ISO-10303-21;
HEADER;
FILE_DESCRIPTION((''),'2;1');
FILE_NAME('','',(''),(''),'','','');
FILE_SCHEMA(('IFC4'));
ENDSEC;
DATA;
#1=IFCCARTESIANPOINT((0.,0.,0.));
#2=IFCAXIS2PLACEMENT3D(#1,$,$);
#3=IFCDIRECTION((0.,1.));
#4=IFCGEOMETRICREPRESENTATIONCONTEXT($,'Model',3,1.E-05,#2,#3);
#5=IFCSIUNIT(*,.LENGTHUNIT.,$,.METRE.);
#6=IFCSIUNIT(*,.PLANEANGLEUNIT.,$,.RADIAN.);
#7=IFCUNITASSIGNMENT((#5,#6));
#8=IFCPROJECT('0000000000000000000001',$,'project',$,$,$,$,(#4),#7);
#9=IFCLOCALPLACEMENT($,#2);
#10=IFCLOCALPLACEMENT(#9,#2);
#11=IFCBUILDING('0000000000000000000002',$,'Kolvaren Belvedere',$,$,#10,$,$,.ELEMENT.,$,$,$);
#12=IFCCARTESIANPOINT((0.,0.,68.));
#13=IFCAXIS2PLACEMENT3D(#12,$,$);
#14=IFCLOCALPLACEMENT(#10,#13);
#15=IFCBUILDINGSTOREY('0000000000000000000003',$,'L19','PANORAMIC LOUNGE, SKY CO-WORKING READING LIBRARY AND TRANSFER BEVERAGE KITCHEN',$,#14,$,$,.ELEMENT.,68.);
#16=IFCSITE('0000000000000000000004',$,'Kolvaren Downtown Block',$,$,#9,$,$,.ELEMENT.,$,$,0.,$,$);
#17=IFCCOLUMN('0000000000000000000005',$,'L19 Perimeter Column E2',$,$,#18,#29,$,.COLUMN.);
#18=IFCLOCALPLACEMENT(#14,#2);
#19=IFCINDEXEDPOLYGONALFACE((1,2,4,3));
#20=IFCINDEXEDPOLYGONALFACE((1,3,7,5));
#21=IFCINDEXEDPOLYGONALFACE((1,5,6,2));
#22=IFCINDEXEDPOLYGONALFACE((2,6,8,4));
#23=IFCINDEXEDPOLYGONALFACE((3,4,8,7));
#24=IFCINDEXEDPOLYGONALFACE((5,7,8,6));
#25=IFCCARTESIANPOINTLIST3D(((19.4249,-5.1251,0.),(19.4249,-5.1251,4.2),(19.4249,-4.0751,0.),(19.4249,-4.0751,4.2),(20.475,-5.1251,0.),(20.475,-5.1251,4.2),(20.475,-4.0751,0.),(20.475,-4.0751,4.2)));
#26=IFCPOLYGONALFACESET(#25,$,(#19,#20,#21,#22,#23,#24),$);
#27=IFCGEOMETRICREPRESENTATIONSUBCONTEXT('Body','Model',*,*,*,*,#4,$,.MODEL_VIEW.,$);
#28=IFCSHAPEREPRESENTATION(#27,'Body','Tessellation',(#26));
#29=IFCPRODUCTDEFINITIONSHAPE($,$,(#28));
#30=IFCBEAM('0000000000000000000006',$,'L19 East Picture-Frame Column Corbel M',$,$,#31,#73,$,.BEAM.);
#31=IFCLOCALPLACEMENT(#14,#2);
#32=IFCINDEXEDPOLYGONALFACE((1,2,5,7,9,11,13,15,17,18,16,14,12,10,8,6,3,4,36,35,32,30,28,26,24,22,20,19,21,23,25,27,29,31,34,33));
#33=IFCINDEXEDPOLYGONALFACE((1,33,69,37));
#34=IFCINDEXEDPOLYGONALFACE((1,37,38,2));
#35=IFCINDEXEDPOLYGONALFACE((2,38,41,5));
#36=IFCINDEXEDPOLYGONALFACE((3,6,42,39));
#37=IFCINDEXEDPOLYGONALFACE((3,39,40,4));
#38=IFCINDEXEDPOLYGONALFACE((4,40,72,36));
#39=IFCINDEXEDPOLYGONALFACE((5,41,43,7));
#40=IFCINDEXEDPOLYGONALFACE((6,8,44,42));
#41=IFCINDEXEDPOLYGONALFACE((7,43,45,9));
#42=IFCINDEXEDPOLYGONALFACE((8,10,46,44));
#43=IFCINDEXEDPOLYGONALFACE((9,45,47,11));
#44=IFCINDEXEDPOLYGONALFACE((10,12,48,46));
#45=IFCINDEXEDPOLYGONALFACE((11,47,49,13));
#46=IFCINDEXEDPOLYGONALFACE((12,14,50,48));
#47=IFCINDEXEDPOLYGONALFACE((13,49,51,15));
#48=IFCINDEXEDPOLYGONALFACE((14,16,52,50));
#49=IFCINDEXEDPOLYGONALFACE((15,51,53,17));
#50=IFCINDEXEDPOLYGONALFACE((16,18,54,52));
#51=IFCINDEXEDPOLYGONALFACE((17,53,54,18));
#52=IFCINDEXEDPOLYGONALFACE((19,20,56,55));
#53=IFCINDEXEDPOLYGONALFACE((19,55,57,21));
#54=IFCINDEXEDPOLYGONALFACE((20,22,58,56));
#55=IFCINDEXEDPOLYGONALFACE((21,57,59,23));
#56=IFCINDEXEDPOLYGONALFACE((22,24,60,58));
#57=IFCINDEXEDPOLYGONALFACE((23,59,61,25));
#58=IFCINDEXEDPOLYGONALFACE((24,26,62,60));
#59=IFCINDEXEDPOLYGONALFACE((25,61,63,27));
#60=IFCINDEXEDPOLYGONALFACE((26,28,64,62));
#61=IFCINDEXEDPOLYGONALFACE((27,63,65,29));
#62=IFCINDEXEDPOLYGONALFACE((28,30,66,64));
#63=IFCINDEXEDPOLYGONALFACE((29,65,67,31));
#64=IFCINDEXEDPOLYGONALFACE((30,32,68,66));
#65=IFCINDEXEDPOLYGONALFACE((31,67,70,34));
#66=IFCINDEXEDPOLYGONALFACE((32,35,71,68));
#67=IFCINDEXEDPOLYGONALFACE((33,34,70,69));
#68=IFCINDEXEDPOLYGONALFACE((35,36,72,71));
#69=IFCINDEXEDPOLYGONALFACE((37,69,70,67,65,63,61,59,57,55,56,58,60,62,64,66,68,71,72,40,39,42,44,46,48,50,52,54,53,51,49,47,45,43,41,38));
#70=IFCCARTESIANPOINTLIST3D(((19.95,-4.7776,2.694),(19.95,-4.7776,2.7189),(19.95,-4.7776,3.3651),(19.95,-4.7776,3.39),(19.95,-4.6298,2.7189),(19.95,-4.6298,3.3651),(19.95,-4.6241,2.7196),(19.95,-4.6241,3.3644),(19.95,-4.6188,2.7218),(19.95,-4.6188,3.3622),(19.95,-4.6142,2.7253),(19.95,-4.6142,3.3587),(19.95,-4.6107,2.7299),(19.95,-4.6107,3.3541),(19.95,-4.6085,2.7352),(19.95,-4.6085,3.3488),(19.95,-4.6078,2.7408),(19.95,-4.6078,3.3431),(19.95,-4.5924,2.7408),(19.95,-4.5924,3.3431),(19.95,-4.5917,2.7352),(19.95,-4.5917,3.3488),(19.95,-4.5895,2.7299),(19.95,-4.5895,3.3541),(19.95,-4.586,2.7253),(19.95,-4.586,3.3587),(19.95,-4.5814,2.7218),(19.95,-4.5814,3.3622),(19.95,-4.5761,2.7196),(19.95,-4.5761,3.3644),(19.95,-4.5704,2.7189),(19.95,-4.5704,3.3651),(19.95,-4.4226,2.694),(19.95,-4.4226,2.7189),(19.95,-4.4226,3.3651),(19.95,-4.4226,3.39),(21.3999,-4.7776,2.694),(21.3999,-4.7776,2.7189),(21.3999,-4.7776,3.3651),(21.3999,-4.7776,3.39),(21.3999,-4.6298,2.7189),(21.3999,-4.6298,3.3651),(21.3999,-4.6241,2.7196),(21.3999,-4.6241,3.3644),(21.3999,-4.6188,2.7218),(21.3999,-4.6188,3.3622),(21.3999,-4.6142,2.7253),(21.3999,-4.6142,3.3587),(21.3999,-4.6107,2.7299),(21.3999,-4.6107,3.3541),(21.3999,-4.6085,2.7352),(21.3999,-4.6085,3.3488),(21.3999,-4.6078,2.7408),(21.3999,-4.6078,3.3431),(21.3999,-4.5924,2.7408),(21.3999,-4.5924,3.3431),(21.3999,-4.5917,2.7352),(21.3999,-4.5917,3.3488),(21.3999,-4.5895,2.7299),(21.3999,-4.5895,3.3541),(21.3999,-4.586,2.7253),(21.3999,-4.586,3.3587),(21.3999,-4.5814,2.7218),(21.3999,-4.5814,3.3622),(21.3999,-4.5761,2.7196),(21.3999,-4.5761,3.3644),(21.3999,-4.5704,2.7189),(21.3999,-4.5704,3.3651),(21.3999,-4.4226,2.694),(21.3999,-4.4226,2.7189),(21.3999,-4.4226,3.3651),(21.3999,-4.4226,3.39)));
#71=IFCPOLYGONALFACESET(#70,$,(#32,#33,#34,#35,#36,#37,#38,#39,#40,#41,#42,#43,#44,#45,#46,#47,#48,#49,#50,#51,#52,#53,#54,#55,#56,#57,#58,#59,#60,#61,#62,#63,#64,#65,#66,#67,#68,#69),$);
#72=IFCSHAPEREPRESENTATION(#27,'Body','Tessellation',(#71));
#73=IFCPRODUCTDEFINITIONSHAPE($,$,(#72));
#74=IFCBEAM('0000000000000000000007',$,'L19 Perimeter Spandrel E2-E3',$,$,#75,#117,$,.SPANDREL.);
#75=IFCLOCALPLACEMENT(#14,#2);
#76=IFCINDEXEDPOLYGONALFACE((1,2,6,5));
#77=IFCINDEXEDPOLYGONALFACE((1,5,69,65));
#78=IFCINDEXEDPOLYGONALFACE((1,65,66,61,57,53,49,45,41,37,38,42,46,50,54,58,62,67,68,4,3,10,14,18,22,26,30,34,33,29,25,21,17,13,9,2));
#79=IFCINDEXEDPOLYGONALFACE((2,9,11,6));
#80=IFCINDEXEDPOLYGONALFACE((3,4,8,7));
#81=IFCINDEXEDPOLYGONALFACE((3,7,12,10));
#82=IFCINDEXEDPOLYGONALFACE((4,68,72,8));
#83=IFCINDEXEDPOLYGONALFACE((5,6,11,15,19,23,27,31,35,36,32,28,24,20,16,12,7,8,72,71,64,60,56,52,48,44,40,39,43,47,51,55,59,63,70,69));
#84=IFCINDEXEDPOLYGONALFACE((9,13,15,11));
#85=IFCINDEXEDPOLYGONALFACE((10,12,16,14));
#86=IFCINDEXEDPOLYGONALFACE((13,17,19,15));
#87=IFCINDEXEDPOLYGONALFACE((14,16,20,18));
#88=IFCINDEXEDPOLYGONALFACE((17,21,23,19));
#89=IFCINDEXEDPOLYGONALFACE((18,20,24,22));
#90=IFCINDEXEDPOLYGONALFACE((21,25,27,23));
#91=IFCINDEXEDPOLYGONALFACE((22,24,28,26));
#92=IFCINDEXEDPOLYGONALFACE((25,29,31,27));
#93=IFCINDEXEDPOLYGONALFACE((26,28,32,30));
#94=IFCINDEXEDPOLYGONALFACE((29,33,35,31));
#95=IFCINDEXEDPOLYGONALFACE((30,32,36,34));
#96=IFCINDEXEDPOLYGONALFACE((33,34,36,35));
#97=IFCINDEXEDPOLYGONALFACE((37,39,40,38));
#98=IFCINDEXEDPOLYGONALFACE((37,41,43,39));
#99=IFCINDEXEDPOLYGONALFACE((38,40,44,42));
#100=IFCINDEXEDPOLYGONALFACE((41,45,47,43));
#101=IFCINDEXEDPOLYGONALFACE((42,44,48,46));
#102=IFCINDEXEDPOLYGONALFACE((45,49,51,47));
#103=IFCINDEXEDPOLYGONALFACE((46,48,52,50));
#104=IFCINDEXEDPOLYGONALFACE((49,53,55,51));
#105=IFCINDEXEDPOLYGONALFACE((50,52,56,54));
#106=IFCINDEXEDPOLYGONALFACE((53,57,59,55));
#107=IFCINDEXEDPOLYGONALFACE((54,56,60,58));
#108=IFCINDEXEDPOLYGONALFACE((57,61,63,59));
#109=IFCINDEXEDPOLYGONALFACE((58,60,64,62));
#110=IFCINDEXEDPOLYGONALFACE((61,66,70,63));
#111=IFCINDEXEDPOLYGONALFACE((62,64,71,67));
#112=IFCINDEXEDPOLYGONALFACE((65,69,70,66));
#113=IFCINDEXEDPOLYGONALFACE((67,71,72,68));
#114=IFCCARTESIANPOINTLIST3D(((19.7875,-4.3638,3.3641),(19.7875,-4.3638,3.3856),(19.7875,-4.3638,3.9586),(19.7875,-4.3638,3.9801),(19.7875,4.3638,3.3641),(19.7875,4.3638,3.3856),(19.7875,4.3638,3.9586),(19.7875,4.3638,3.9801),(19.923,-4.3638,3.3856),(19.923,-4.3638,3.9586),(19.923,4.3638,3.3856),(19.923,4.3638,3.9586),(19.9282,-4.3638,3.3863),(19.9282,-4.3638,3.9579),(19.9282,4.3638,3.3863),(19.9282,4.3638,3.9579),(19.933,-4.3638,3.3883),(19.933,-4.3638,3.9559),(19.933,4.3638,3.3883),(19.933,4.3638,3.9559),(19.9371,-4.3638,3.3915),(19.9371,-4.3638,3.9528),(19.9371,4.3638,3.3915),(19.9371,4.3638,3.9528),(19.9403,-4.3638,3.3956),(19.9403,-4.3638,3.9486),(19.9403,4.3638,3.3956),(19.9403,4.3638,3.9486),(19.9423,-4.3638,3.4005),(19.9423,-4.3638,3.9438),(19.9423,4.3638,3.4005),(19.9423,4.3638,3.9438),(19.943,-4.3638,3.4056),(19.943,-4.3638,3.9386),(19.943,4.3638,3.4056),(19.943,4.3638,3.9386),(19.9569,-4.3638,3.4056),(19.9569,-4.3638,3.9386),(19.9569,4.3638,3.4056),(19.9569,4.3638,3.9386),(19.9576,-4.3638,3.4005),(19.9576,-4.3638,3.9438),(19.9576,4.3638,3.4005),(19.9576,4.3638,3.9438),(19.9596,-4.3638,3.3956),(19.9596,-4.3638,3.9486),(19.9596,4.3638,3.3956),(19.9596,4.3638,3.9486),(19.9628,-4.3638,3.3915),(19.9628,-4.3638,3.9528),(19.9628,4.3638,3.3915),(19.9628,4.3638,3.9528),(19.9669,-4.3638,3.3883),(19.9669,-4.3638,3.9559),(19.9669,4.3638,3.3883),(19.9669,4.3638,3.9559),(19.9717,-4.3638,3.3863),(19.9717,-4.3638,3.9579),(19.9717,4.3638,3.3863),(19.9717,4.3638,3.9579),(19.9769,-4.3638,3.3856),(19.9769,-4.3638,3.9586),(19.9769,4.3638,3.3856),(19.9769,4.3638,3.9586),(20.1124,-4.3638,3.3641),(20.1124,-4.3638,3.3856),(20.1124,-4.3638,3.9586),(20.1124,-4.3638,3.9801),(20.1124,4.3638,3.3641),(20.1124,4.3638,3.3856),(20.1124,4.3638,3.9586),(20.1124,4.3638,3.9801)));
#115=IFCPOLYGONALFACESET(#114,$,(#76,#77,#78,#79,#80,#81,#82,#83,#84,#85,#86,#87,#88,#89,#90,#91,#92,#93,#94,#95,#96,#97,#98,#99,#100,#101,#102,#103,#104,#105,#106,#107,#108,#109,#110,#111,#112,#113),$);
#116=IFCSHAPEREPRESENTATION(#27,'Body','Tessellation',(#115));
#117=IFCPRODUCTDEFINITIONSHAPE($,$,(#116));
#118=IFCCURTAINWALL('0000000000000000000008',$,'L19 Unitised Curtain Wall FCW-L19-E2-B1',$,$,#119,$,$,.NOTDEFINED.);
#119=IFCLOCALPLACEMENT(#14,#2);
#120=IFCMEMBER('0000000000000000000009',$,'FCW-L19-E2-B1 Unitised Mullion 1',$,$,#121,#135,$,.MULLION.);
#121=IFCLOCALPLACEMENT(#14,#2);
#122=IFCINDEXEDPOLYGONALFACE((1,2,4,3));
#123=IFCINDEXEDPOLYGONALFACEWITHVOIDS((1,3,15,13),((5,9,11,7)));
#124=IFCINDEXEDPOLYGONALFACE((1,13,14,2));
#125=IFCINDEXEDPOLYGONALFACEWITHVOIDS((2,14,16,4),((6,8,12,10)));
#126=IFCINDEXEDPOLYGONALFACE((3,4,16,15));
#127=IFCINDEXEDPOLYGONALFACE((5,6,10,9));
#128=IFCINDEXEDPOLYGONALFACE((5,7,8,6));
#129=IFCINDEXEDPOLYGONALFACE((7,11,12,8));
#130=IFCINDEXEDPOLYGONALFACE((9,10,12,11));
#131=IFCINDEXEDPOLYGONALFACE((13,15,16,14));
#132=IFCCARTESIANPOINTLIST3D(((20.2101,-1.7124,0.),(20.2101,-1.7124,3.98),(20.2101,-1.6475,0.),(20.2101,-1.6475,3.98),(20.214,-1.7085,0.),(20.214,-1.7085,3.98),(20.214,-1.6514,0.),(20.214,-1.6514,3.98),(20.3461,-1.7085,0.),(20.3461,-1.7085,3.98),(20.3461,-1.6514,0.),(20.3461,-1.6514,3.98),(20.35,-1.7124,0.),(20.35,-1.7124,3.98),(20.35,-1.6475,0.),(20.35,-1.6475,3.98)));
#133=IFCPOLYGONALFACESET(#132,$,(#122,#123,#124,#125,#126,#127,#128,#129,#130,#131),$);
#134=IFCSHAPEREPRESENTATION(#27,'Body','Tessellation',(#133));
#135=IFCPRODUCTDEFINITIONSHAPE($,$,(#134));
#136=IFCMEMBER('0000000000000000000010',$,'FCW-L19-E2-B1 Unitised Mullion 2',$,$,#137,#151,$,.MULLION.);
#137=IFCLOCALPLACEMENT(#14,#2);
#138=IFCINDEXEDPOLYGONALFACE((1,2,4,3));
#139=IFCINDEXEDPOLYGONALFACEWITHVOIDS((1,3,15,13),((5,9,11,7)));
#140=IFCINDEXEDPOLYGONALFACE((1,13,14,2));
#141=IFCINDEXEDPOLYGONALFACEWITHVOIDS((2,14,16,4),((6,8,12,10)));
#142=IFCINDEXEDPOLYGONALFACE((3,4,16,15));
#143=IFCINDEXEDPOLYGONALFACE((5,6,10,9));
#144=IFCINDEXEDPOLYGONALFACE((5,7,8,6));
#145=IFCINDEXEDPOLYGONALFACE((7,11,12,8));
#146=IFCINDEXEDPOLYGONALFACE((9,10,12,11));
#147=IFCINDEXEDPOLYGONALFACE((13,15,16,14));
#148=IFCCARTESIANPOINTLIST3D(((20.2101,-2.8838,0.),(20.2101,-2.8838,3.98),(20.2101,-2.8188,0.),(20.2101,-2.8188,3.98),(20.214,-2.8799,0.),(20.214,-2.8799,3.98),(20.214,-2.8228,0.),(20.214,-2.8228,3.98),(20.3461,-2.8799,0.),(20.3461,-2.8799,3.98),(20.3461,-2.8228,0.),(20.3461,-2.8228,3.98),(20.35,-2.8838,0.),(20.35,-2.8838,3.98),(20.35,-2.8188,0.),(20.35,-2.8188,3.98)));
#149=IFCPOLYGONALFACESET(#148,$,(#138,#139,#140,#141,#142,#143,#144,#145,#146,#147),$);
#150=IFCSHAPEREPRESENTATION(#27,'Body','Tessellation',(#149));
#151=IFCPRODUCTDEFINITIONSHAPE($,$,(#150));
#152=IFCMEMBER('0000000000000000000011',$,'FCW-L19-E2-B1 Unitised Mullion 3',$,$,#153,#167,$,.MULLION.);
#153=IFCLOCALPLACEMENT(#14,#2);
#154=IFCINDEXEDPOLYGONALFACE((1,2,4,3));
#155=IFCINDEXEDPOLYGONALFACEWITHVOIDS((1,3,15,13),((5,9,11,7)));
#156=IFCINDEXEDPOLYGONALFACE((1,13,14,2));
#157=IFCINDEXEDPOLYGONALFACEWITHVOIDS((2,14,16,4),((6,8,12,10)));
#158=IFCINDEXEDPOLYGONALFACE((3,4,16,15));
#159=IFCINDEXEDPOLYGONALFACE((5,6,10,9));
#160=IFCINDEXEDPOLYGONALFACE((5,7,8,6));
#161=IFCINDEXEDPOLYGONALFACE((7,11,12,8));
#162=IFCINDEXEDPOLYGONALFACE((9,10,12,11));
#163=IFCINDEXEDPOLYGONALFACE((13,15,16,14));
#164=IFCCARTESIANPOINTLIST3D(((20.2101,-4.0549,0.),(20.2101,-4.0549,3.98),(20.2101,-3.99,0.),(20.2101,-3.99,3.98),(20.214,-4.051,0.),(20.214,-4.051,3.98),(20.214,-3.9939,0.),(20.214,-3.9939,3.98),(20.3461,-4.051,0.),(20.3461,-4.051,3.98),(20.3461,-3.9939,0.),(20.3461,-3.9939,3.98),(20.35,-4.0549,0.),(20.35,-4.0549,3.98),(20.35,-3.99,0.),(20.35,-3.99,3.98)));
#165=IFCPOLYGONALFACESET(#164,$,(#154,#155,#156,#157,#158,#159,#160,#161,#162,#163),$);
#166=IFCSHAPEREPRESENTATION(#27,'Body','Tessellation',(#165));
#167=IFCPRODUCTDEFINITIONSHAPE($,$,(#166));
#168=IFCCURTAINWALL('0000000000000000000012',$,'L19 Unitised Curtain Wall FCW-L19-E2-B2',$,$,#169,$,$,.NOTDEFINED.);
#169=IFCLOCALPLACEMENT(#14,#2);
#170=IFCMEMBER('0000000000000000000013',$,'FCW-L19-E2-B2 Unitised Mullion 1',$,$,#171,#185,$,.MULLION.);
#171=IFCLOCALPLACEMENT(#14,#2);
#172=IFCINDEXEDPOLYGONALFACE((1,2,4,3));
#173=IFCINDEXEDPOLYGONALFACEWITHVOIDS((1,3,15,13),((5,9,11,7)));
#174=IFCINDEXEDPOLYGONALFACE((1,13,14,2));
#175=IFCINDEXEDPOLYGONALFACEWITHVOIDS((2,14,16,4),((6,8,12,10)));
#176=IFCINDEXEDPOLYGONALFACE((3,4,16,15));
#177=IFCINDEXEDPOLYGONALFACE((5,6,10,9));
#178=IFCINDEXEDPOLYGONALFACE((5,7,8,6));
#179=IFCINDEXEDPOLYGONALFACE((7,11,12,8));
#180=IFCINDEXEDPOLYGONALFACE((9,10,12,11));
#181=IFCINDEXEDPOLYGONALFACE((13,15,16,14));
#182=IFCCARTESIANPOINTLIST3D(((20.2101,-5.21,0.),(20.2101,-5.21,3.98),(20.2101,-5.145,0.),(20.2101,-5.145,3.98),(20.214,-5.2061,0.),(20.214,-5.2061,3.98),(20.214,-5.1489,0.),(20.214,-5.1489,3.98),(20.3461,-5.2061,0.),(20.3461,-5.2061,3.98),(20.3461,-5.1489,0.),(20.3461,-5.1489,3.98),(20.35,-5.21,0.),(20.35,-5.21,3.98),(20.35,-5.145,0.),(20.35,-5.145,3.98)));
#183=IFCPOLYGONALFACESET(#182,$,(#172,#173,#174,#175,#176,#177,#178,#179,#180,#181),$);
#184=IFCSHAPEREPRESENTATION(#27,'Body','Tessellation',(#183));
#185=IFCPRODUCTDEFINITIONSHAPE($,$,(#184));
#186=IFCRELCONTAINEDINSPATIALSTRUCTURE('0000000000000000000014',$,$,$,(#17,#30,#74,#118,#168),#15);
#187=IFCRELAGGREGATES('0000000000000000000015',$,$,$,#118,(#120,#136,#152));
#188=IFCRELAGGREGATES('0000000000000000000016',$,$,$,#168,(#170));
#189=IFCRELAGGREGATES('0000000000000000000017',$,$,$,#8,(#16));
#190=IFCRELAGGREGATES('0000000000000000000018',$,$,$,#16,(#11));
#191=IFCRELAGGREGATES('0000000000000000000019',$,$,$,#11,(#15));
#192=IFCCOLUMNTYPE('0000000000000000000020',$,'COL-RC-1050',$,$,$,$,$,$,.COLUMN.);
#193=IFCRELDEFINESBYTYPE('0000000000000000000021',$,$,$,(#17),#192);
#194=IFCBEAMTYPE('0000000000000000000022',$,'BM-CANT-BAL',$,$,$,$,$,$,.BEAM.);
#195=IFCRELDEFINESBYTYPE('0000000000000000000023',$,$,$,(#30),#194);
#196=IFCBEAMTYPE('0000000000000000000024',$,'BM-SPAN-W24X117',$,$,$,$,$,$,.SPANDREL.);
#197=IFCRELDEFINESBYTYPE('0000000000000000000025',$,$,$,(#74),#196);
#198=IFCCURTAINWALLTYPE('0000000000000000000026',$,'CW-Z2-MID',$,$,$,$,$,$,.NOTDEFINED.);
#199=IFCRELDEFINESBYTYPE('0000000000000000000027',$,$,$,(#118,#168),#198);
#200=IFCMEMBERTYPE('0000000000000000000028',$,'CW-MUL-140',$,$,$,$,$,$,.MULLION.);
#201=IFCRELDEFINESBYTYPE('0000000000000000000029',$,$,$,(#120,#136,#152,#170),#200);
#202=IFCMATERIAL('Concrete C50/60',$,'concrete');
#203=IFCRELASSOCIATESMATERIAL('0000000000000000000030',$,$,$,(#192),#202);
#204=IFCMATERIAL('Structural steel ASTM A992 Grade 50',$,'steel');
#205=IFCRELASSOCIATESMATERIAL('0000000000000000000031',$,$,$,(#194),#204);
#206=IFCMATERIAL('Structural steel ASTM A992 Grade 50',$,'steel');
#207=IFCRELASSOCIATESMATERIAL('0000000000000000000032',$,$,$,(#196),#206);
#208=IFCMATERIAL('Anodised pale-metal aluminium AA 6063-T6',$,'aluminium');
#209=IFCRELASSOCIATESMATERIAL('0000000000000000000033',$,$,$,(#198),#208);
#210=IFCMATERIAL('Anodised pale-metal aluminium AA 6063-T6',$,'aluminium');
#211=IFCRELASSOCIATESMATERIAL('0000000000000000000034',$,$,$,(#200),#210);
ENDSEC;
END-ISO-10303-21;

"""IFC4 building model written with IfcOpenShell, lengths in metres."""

from ifc_helpers import new_model, si_unit, direction, frame, origin, origin_2d, place, context, subcontext, project, spatial, rectangle, hollow_rectangle, i_section, extrude, material, material_profile, profile_set, type_object, element, aggregate, save


model = new_model("IFC4")

# Units and contexts
model_context = context("Model", 3, precision=1e-05, world=origin(), true_north=direction((0.0, 1.0)))
body_context = subcontext(model_context, "Body", "Model", "MODEL_VIEW")
ifc_project = project(units=[si_unit("LENGTHUNIT", "METRE"), si_unit("PLANEANGLEUNIT", "RADIAN")], contexts=[model_context])

# Site, building, storey
site_placement = place(None, origin())
site = spatial("IfcSite", under=ifc_project, at=site_placement, Name="Kolvaren Downtown Block", CompositionType="ELEMENT", RefElevation=0.0)
building_placement = place(site_placement, origin())
building = spatial("IfcBuilding", under=site, at=building_placement, Name="Kolvaren Belvedere", CompositionType="ELEMENT")
storey_placement = place(building_placement, frame((0.0, 0.0, 68.0)))
storey = spatial("IfcBuildingStorey", under=building, at=storey_placement, Name="L19", Description="PANORAMIC LOUNGE, SKY CO-WORKING READING LIBRARY AND TRANSFER BEVERAGE KITCHEN", CompositionType="ELEMENT", Elevation=68.0)

# Column
ifc_material_1 = material(Name="Concrete C50/60", Category="concrete")
ifc_material_profile_1 = material_profile(ifc_material_1, rectangle(XDim=1.05, YDim=1.05, at=origin_2d()), Name="RC 1050X1050")
ifc_profile_set_1 = profile_set([ifc_material_profile_1], Name="Concrete C50/60")
column_type = type_object("IfcColumnType", Name="COL-RC-1050", PredefinedType="COLUMN", material=ifc_profile_set_1)
column_placement = place(storey_placement, frame((19.95, -4.6001, 0.0), z_axis=(0.0, 0.0, 1.0), x_axis=(1.0, 0.0, 0.0)))
element("IfcColumn", 1, at=column_placement, inside=storey, type_object=column_type, Name="L19 Perimeter Column E2", PredefinedType="COLUMN", context=body_context, shape_type="SweptSolid", body=[
    extrude(rectangle(XDim=1.05, YDim=1.05, at=origin_2d()), origin(), (0.0, 0.0, 1.0), 4.2),
])

# Beams
ifc_material_2 = material(Name="Structural steel ASTM A992 Grade 50", Category="steel")
ifc_material_profile_2 = material_profile(ifc_material_2, i_section(OverallWidth=0.355, OverallDepth=0.696, WebThickness=0.0154, FlangeThickness=0.0249, FilletRadius=0.022, at=origin_2d()), Name="W27X146")
ifc_profile_set_2 = profile_set([ifc_material_profile_2], Name="Structural steel ASTM A992 Grade 50")
beam_type_1 = type_object("IfcBeamType", Name="BM-CANT-BAL", PredefinedType="BEAM", material=ifc_profile_set_2)
beam_1_placement = place(storey_placement, frame((19.95, -4.6001, 3.042), z_axis=(1.0, 0.0, 0.0), x_axis=(0.0, 1.0, 0.0)))
element("IfcBeam", 2, at=beam_1_placement, inside=storey, type_object=beam_type_1, Name="L19 East Picture-Frame Column Corbel M", PredefinedType="BEAM", context=body_context, shape_type="SweptSolid", body=[
    extrude(i_section(OverallWidth=0.355, OverallDepth=0.696, WebThickness=0.0154, FlangeThickness=0.0249, FilletRadius=0.022, at=origin_2d()), origin(), (0.0, 0.0, 1.0), 1.45),
])
ifc_material_3 = material(Name="Structural steel ASTM A992 Grade 50", Category="steel")
ifc_material_profile_3 = material_profile(ifc_material_3, i_section(OverallWidth=0.325, OverallDepth=0.616, WebThickness=0.0139, FlangeThickness=0.0215, FilletRadius=0.02, at=origin_2d()), Name="W24X117")
ifc_profile_set_3 = profile_set([ifc_material_profile_3], Name="Structural steel ASTM A992 Grade 50")
beam_type_2 = type_object("IfcBeamType", Name="BM-SPAN-W24X117", PredefinedType="SPANDREL", material=ifc_profile_set_3)
beam_2_placement = place(storey_placement, frame((19.95, -4.3638, 3.6721), z_axis=(0.0, 1.0, 0.0), x_axis=(-1.0, 0.0, 0.0)))
element("IfcBeam", 3, at=beam_2_placement, inside=storey, type_object=beam_type_2, Name="L19 Perimeter Spandrel E2-E3", PredefinedType="SPANDREL", context=body_context, shape_type="SweptSolid", body=[
    extrude(i_section(OverallWidth=0.325, OverallDepth=0.616, WebThickness=0.0139, FlangeThickness=0.0215, FilletRadius=0.02, at=origin_2d()), origin(), (0.0, 0.0, 1.0), 8.7275),
])

# Curtain wall, members
ifc_material_4 = material(Name="Anodised pale-metal aluminium AA 6063-T6", Category="aluminium")
curtain_wall_type = type_object("IfcCurtainWallType", Name="CW-Z2-MID", PredefinedType="NOTDEFINED", material=ifc_material_4)
curtain_wall_1_placement = place(storey_placement, origin())
curtain_wall_1 = element("IfcCurtainWall", 4, at=curtain_wall_1_placement, inside=storey, type_object=curtain_wall_type, Name="L19 Unitised Curtain Wall FCW-L19-E2-B1", PredefinedType="NOTDEFINED")
ifc_material_5 = material(Name="Anodised pale-metal aluminium AA 6063-T6", Category="aluminium")
ifc_material_profile_4 = material_profile(ifc_material_5, hollow_rectangle(XDim=0.0649, YDim=0.1399, WallThickness=0.0039, at=origin_2d()), Name="ALU-MUL-140X65")
ifc_profile_set_4 = profile_set([ifc_material_profile_4], Name="Anodised pale-metal aluminium AA 6063-T6")
member_type_1 = type_object("IfcMemberType", Name="CW-MUL-140", PredefinedType="MULLION", material=ifc_profile_set_4)
member_1_placement = place(storey_placement, frame((20.28, -1.6799, 0.0), z_axis=(0.0, 0.0, 1.0), x_axis=(0.0, 1.0, 0.0)))
member_1 = element("IfcMember", 5, at=member_1_placement, type_object=member_type_1, Name="FCW-L19-E2-B1 Unitised Mullion 1", PredefinedType="MULLION", context=body_context, shape_type="SweptSolid", body=[
    extrude(hollow_rectangle(XDim=0.0649, YDim=0.1399, WallThickness=0.0039, at=origin_2d()), origin(), (0.0, 0.0, 1.0), 3.98),
])
member_2_placement = place(storey_placement, frame((20.28, -2.8513, 0.0), z_axis=(0.0, 0.0, 1.0), x_axis=(0.0, 1.0, 0.0)))
member_2 = element("IfcMember", 6, at=member_2_placement, type_object=member_type_1, Name="FCW-L19-E2-B1 Unitised Mullion 2", PredefinedType="MULLION", context=body_context, shape_type="SweptSolid", body=[
    extrude(hollow_rectangle(XDim=0.0649, YDim=0.1399, WallThickness=0.0039, at=origin_2d()), origin(), (0.0, 0.0, 1.0), 3.98),
])
member_3_placement = place(storey_placement, frame((20.28, -4.0225, 0.0), z_axis=(0.0, 0.0, 1.0), x_axis=(0.0, 1.0, 0.0)))
member_3 = element("IfcMember", 7, at=member_3_placement, type_object=member_type_1, Name="FCW-L19-E2-B1 Unitised Mullion 3", PredefinedType="MULLION", context=body_context, shape_type="SweptSolid", body=[
    extrude(hollow_rectangle(XDim=0.0649, YDim=0.1399, WallThickness=0.0039, at=origin_2d()), origin(), (0.0, 0.0, 1.0), 3.98),
])

# Curtain wall, member
curtain_wall_2_placement = place(storey_placement, origin())
curtain_wall_2 = element("IfcCurtainWall", 8, at=curtain_wall_2_placement, inside=storey, type_object=curtain_wall_type, Name="L19 Unitised Curtain Wall FCW-L19-E2-B2", PredefinedType="NOTDEFINED")
member_4_placement = place(storey_placement, frame((20.28, -5.1775, 0.0), z_axis=(0.0, 0.0, 1.0), x_axis=(0.0, 1.0, 0.0)))
member_4 = element("IfcMember", 9, at=member_4_placement, type_object=member_type_1, Name="FCW-L19-E2-B2 Unitised Mullion 1", PredefinedType="MULLION", context=body_context, shape_type="SweptSolid", body=[
    extrude(hollow_rectangle(XDim=0.0649, YDim=0.1399, WallThickness=0.0039, at=origin_2d()), origin(), (0.0, 0.0, 1.0), 3.98),
])

aggregate(curtain_wall_1, [member_1, member_2, member_3])
aggregate(curtain_wall_2, [member_4])

save(model, "model.ifc")
